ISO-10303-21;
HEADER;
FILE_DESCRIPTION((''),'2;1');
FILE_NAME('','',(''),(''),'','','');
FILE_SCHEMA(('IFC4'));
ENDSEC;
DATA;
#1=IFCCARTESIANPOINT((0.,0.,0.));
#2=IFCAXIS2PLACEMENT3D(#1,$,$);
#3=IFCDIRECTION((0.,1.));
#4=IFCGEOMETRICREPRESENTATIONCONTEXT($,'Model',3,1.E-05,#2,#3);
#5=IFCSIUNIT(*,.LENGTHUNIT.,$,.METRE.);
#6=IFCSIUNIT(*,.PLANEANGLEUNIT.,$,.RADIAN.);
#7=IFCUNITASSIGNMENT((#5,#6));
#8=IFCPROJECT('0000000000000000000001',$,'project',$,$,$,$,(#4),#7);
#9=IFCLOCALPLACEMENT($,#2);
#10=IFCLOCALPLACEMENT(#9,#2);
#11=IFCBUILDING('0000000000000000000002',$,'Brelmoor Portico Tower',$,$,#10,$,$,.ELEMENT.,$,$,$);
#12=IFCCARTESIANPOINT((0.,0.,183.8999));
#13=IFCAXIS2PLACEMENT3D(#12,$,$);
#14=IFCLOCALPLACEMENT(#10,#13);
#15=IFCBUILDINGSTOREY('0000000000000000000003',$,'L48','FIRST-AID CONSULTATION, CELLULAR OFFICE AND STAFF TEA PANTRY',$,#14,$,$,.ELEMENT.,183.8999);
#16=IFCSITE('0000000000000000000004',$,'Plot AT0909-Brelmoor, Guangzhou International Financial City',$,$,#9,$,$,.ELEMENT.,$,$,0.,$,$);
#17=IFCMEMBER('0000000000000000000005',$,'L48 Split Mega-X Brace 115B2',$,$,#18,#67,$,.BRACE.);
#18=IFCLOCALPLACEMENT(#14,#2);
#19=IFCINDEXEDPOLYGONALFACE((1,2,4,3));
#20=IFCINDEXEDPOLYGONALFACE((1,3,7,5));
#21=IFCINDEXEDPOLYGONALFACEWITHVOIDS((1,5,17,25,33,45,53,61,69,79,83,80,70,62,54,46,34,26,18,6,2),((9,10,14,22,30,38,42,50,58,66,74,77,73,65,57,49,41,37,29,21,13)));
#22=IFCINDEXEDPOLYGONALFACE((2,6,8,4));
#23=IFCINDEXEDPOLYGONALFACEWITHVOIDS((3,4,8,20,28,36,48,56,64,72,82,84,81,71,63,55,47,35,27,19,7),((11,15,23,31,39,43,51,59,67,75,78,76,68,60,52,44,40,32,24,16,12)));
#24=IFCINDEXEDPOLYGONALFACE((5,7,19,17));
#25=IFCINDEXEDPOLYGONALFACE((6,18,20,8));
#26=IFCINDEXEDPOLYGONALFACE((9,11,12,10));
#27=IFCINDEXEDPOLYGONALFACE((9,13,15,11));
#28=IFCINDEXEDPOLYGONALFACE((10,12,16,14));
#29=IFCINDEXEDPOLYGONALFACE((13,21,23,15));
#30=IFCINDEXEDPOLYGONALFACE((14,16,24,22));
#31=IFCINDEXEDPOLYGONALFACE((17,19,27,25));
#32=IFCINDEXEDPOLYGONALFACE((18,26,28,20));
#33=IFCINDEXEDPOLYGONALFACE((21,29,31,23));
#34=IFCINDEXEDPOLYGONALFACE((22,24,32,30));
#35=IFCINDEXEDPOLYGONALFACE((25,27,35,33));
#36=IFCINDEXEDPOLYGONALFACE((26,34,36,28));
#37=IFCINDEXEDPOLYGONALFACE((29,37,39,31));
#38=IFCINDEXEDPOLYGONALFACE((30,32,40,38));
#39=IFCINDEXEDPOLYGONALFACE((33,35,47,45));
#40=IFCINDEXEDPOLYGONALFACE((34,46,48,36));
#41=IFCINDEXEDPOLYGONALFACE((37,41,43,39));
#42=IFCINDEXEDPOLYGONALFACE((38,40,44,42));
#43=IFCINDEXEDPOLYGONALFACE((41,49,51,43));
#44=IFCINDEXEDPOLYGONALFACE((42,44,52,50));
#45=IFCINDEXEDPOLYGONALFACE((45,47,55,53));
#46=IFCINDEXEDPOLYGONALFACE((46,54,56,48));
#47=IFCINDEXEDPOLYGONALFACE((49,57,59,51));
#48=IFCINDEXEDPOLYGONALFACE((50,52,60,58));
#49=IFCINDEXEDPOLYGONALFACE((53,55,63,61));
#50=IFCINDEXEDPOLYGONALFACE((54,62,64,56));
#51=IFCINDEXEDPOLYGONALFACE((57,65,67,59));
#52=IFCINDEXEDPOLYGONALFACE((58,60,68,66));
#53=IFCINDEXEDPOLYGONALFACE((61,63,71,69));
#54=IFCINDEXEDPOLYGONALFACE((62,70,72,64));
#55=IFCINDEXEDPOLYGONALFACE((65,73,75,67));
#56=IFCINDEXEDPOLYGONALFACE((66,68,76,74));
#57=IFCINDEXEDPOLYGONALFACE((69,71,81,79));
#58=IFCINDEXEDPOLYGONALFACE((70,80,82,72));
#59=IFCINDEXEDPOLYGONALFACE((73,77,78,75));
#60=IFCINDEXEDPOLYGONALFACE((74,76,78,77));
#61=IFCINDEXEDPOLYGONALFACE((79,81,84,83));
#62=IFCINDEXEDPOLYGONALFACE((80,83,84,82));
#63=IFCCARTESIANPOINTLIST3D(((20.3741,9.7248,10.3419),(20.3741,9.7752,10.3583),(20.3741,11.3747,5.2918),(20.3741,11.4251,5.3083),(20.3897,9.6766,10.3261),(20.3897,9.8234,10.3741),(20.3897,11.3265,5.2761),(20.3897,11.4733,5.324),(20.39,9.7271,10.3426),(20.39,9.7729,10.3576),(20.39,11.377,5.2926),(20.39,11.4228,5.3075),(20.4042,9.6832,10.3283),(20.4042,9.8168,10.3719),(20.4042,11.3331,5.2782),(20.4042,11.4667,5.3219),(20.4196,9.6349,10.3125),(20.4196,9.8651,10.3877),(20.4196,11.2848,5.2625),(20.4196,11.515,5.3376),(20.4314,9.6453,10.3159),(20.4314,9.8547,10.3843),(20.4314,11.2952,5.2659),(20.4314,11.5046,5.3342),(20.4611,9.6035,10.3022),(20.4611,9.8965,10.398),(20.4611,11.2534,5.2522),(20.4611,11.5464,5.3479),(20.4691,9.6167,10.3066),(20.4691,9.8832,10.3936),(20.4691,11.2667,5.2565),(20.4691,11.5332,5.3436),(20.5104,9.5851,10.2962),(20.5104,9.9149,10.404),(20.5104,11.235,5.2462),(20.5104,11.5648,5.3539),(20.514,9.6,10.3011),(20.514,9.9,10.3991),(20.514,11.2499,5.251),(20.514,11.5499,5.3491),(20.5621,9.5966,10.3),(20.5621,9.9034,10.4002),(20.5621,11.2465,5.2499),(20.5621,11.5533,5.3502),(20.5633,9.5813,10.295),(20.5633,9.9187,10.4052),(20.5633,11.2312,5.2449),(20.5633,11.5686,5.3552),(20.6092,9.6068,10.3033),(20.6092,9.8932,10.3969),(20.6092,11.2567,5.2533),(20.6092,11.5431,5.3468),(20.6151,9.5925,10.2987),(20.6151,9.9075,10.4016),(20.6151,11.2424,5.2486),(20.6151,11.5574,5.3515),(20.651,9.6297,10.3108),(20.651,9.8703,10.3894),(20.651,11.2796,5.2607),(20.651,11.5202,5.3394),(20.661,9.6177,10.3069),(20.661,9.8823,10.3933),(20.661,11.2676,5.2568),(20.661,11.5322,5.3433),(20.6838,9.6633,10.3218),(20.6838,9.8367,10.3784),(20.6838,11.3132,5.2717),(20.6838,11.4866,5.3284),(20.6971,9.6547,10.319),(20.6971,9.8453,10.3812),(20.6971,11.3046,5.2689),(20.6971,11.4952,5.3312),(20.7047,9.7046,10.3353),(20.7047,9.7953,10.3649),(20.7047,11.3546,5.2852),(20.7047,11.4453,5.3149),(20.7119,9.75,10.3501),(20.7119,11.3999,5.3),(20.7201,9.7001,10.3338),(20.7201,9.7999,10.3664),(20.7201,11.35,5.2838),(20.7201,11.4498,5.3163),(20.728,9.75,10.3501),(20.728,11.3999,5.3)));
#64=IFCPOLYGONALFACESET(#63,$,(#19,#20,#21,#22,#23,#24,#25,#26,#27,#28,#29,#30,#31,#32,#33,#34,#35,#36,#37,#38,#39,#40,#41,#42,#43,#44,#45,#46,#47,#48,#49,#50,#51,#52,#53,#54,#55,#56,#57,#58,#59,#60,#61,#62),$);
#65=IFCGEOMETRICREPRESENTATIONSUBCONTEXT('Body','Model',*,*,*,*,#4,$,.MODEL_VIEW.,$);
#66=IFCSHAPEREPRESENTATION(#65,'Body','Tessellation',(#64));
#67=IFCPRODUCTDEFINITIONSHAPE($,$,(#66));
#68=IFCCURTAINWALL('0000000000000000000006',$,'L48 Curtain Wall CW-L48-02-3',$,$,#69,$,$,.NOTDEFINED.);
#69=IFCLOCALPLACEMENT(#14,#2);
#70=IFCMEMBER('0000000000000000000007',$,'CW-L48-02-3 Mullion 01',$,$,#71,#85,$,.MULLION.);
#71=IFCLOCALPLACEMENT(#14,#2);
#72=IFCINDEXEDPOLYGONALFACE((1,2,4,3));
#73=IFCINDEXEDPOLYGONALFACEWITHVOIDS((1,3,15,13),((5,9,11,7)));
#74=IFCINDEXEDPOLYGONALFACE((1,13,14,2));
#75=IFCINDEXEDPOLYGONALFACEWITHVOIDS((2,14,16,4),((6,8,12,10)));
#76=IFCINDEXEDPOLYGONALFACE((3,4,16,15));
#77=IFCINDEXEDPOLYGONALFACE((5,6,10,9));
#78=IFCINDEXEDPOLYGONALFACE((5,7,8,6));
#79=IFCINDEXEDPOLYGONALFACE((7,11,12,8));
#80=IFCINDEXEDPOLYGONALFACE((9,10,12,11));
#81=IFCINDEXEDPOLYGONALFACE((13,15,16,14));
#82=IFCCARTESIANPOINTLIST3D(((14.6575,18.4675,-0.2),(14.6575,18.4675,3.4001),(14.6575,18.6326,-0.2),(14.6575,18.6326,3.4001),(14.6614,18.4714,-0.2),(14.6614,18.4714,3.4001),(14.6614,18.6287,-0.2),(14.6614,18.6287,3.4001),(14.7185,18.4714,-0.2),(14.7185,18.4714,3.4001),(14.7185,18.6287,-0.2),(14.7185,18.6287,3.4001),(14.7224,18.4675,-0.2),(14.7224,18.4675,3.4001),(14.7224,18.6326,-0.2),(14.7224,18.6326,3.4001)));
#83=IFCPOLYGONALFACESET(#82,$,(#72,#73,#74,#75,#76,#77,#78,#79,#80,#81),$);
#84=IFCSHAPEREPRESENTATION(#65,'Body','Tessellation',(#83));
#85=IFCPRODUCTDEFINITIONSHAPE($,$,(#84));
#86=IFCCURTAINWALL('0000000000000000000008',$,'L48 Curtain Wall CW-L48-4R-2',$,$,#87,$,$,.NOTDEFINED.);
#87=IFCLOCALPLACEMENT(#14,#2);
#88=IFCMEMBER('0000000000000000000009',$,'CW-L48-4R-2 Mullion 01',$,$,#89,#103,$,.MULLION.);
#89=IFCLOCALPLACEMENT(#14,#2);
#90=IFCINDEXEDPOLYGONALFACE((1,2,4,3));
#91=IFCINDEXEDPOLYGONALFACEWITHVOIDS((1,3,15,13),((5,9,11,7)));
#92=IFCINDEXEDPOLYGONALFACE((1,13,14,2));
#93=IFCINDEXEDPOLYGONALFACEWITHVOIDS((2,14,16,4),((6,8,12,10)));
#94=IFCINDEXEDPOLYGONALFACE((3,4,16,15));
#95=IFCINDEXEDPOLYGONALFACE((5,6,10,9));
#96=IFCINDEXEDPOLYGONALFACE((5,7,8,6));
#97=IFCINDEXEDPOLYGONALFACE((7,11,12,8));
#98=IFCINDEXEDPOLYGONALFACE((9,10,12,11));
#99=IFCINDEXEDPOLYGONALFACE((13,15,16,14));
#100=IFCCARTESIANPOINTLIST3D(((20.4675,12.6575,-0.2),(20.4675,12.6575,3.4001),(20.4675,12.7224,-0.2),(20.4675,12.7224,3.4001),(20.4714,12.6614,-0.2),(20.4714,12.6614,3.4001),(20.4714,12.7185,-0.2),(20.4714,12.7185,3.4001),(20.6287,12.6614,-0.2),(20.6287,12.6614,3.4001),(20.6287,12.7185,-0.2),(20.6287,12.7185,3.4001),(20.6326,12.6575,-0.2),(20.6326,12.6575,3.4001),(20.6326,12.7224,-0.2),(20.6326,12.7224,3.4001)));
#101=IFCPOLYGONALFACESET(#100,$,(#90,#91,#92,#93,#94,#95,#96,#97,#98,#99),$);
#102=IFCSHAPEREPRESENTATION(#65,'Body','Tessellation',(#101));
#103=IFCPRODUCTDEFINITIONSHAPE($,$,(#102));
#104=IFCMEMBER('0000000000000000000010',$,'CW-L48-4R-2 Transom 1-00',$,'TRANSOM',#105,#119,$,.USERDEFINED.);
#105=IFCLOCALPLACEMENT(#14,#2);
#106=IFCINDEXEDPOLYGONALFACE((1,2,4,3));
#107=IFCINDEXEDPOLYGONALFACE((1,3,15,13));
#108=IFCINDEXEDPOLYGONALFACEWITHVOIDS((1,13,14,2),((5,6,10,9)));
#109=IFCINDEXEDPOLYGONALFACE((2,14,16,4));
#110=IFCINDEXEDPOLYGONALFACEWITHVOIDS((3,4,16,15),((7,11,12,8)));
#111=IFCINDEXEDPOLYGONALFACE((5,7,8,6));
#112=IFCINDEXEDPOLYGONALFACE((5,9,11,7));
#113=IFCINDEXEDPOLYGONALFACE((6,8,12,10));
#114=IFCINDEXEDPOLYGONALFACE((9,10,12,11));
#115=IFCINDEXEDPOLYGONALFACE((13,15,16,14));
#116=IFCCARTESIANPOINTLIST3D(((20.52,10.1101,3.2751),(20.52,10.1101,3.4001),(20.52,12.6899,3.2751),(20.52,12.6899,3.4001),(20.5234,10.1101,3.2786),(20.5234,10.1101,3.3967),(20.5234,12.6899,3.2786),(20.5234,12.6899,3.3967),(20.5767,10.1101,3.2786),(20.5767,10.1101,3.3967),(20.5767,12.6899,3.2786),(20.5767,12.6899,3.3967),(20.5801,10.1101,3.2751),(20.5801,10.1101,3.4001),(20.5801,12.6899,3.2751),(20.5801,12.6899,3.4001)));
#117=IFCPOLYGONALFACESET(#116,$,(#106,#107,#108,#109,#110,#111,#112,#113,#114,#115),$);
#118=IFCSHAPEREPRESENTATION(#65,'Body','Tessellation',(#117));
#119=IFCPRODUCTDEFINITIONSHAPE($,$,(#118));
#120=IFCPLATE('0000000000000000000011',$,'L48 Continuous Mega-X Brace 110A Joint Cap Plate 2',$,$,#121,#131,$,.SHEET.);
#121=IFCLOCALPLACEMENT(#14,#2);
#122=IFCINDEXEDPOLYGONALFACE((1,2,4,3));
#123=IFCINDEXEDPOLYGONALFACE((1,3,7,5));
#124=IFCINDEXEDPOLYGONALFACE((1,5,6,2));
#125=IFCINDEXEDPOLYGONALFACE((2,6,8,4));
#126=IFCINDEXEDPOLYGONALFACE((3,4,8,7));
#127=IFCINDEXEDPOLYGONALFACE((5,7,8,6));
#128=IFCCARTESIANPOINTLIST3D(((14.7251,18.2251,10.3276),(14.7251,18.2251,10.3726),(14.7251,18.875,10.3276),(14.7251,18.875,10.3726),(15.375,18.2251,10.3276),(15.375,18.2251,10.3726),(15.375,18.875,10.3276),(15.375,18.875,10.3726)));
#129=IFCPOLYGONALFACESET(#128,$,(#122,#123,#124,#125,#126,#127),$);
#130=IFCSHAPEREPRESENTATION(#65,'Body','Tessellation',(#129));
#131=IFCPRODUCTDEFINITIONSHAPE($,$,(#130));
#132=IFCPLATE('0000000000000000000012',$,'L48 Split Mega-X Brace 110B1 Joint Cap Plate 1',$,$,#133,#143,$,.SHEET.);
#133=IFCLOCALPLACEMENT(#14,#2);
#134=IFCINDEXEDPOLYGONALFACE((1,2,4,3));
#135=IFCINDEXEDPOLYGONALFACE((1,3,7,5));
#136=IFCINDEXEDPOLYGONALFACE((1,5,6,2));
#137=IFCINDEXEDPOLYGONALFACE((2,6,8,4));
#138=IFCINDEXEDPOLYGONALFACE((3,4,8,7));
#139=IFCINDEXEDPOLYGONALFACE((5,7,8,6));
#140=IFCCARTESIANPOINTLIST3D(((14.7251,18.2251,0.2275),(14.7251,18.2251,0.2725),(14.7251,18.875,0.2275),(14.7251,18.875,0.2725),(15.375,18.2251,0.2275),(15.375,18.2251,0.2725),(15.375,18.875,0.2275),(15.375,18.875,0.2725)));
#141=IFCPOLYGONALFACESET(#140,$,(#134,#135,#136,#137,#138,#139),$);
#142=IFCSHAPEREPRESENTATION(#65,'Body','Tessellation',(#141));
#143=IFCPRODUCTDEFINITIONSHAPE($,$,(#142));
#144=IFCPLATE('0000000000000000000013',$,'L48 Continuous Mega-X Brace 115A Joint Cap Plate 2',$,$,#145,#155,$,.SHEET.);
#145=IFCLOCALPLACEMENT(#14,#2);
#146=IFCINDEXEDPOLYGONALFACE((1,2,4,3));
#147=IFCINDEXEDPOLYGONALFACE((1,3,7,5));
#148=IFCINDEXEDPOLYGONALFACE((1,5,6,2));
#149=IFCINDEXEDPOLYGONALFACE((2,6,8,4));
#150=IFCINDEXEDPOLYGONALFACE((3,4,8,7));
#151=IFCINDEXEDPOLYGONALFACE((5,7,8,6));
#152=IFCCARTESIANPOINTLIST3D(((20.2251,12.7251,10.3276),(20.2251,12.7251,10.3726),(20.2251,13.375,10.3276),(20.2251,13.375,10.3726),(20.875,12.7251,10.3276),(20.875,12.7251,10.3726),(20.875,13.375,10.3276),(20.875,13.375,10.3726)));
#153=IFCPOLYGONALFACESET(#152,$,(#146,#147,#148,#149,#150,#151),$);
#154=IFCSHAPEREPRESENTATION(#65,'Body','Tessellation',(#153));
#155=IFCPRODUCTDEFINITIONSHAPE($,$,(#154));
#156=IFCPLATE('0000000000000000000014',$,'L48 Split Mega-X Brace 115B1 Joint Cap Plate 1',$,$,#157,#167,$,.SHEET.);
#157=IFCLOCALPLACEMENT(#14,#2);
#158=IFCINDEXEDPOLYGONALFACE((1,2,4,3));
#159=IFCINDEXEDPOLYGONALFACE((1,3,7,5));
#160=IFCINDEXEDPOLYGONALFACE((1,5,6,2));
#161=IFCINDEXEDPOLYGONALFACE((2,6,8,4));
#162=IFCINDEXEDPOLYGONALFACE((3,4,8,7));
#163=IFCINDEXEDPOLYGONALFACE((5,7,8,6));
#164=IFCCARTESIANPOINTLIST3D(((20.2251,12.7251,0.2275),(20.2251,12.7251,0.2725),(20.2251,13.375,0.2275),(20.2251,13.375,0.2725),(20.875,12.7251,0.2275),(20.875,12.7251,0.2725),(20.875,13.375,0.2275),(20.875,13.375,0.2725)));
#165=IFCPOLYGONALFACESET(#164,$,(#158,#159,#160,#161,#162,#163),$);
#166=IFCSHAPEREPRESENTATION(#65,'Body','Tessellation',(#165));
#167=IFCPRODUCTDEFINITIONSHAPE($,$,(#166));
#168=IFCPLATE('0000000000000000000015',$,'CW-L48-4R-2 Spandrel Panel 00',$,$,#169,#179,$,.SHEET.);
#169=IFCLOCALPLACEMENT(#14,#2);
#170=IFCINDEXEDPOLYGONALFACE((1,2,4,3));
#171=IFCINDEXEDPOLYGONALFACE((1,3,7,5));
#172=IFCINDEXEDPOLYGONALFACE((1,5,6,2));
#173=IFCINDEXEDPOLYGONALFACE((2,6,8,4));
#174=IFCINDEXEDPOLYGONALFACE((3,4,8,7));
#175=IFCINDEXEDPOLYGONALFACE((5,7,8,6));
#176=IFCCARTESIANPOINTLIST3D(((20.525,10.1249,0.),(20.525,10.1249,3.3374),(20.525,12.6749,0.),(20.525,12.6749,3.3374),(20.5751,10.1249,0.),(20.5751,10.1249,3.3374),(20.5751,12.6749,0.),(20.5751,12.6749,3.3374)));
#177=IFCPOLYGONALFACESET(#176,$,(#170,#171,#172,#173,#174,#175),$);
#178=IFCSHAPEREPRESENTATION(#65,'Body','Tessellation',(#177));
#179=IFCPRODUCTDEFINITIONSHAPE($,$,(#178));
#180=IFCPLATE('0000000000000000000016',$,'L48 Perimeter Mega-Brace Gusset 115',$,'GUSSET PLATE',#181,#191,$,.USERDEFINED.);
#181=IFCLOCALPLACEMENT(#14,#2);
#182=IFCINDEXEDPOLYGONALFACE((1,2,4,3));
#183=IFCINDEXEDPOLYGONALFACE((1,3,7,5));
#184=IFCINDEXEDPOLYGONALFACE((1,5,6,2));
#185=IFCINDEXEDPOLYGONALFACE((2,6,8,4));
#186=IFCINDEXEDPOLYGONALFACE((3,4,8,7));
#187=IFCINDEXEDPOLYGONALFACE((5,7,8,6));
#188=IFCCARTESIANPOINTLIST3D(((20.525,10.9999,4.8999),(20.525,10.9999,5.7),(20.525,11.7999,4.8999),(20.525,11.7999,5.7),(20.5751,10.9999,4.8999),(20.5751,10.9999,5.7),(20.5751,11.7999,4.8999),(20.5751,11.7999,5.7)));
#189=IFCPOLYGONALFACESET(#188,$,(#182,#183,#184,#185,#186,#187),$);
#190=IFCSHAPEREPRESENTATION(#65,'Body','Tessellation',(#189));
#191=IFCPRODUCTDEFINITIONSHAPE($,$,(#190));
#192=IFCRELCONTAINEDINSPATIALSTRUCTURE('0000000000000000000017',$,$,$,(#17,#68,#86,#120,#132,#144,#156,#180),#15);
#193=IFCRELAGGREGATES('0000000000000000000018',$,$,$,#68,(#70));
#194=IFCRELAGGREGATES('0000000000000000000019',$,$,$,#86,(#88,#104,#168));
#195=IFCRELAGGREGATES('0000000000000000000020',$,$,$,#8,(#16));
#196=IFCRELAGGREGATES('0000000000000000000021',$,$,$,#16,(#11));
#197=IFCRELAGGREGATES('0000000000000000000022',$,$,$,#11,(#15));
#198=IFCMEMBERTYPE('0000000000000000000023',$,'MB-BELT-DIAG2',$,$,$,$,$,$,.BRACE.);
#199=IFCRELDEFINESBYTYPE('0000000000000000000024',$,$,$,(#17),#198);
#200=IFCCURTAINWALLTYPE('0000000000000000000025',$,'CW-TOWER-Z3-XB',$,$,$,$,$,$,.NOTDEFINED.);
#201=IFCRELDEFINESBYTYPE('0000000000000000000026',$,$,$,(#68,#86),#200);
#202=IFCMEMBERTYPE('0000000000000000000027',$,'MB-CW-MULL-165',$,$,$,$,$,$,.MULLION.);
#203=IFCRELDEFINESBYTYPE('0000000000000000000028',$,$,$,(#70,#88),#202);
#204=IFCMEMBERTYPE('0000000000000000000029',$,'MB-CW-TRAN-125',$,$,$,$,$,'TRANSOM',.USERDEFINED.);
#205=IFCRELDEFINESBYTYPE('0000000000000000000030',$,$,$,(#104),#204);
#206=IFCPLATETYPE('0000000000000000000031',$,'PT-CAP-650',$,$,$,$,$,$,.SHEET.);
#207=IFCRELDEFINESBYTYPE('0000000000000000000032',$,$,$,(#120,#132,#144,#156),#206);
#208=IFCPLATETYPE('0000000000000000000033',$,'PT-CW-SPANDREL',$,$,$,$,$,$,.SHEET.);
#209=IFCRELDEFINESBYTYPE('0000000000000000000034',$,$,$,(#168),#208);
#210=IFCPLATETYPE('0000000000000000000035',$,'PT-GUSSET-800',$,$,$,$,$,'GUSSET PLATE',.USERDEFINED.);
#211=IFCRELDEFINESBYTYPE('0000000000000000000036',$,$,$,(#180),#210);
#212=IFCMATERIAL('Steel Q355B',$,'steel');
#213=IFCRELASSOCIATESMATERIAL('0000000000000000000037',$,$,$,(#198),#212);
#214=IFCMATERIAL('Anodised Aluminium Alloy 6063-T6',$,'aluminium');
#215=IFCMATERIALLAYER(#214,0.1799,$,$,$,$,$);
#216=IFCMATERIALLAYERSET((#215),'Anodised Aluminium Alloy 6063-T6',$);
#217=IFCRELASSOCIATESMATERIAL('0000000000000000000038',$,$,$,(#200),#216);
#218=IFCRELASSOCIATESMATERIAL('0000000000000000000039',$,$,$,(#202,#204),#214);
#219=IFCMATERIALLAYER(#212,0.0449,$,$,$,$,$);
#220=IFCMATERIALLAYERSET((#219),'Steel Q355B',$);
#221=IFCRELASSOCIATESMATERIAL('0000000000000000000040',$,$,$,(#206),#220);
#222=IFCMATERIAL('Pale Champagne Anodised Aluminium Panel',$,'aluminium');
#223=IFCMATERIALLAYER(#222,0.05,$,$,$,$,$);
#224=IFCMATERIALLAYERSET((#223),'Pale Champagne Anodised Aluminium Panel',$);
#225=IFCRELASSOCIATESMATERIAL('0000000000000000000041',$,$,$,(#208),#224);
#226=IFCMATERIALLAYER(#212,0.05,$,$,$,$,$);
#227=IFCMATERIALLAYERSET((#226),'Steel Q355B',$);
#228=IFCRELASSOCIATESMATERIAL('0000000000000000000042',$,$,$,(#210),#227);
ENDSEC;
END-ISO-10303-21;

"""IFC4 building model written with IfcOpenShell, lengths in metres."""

from ifc_helpers import new_model, si_unit, direction, frame, origin, origin_2d, place, context, subcontext, project, spatial, rectangle, hollow_rectangle, hollow_circle, extrude, material, layer, layer_set, material_profile, profile_set, type_object, element, aggregate, save


model = new_model("IFC4")

# Units and contexts
model_context = context("Model", 3, precision=1e-05, world=origin(), true_north=direction((0.0, 1.0)))
body_context = subcontext(model_context, "Body", "Model", "MODEL_VIEW")
ifc_project = project(units=[si_unit("LENGTHUNIT", "METRE"), si_unit("PLANEANGLEUNIT", "RADIAN")], contexts=[model_context])

# Site, building, storey
site_placement = place(None, origin())
site = spatial("IfcSite", under=ifc_project, at=site_placement, Name="Plot AT0909-Brelmoor, Guangzhou International Financial City", CompositionType="ELEMENT", RefElevation=0.0)
building_placement = place(site_placement, origin())
building = spatial("IfcBuilding", under=site, at=building_placement, Name="Brelmoor Portico Tower", CompositionType="ELEMENT")
storey_placement = place(building_placement, frame((0.0, 0.0, 183.8999)))
storey = spatial("IfcBuildingStorey", under=building, at=storey_placement, Name="L48", Description="FIRST-AID CONSULTATION, CELLULAR OFFICE AND STAFF TEA PANTRY", CompositionType="ELEMENT", Elevation=183.8999)

# Shared definitions
ifc_material_1 = material(Name="Steel Q355B", Category="steel")

# Member
ifc_material_profile_1 = material_profile(ifc_material_1, hollow_circle(Radius=0.178, WallThickness=0.0161, at=origin_2d()), Name="CHS 356x16")
ifc_profile_set_1 = profile_set([ifc_material_profile_1], Name="Steel Q355B")
member_type_1 = type_object("IfcMemberType", Name="MB-BELT-DIAG2", PredefinedType="BRACE", material=ifc_profile_set_1)
for number, where, z_axis, x_axis, name in (
    (1, (20.55, 11.3999, 5.3), (0.0, -0.310556, 0.950555), (1.0, 0.0, 0.0), "L48 Split Mega-X Brace 115B2"),
):
    element("IfcMember", number, at=place(storey_placement, frame(where, z_axis=z_axis, x_axis=x_axis)), inside=storey, type_object=member_type_1, Name=name, PredefinedType="BRACE", context=body_context, shape_type="SweptSolid", body=[
        extrude(hollow_circle(Radius=0.178, WallThickness=0.0161, at=origin_2d()), origin(), (0.0, 0.0, 1.0), 5.3127),
    ])

# Curtain wall, member
ifc_material_2 = material(Name="Anodised Aluminium Alloy 6063-T6", Category="aluminium")
ifc_layer_1 = layer(ifc_material_2, 0.1799)
ifc_layer_set_1 = layer_set([ifc_layer_1], Name="Anodised Aluminium Alloy 6063-T6")
curtain_wall_type = type_object("IfcCurtainWallType", Name="CW-TOWER-Z3-XB", PredefinedType="NOTDEFINED", material=ifc_layer_set_1)
curtain_wall_1_placement = place(storey_placement, origin())
curtain_wall_1 = element("IfcCurtainWall", 2, at=curtain_wall_1_placement, inside=storey, type_object=curtain_wall_type, Name="L48 Curtain Wall CW-L48-02-3", PredefinedType="NOTDEFINED")
ifc_material_profile_2 = material_profile(ifc_material_2, hollow_rectangle(XDim=0.0649, YDim=0.165, WallThickness=0.0039, at=origin_2d()), Name="ALU MULLION 65x165")
ifc_profile_set_2 = profile_set([ifc_material_profile_2], Name="Anodised Aluminium Alloy 6063-T6")
member_type_2 = type_object("IfcMemberType", Name="MB-CW-MULL-165", PredefinedType="MULLION", material=ifc_profile_set_2)
member_1_placement = place(storey_placement, frame((14.6899, 18.55, -0.2), z_axis=(0.0, 0.0, 1.0), x_axis=(1.0, 0.0, 0.0)))
member_1 = element("IfcMember", 3, at=member_1_placement, type_object=member_type_2, Name="CW-L48-02-3 Mullion 01", PredefinedType="MULLION", context=body_context, shape_type="SweptSolid", body=[
    extrude(hollow_rectangle(XDim=0.0649, YDim=0.165, WallThickness=0.0039, at=origin_2d()), origin(), (0.0, 0.0, 1.0), 3.6001),
])
aggregate(curtain_wall_1, [member_1])

# Curtain wall, members
curtain_wall_2_placement = place(storey_placement, origin())
curtain_wall_2 = element("IfcCurtainWall", 4, at=curtain_wall_2_placement, inside=storey, type_object=curtain_wall_type, Name="L48 Curtain Wall CW-L48-4R-2", PredefinedType="NOTDEFINED")
member_2_placement = place(storey_placement, frame((20.55, 12.6899, -0.2), z_axis=(0.0, 0.0, 1.0), x_axis=(0.0, 1.0, 0.0)))
member_2 = element("IfcMember", 5, at=member_2_placement, type_object=member_type_2, Name="CW-L48-4R-2 Mullion 01", PredefinedType="MULLION", context=body_context, shape_type="SweptSolid", body=[
    extrude(hollow_rectangle(XDim=0.0649, YDim=0.165, WallThickness=0.0039, at=origin_2d()), origin(), (0.0, 0.0, 1.0), 3.6001),
])
ifc_material_profile_3 = material_profile(ifc_material_2, hollow_rectangle(XDim=0.0601, YDim=0.125, WallThickness=0.0034, at=origin_2d()), Name="ALU TRANSOM 60x125")
ifc_profile_set_3 = profile_set([ifc_material_profile_3], Name="Anodised Aluminium Alloy 6063-T6")
member_type_3 = type_object("IfcMemberType", Name="MB-CW-TRAN-125", ElementType="TRANSOM", PredefinedType="USERDEFINED", material=ifc_profile_set_3)
member_3_placement = place(storey_placement, frame((20.55, 10.1101, 3.3376), z_axis=(0.0, 1.0, 0.0), x_axis=(-1.0, 0.0, 0.0)))
member_3 = element("IfcMember", 6, at=member_3_placement, type_object=member_type_3, Name="CW-L48-4R-2 Transom 1-00", ObjectType="TRANSOM", PredefinedType="USERDEFINED", context=body_context, shape_type="SweptSolid", body=[
    extrude(hollow_rectangle(XDim=0.0601, YDim=0.125, WallThickness=0.0034, at=origin_2d()), origin(), (0.0, 0.0, 1.0), 2.5798),
])

# Plates
ifc_layer_2 = layer(ifc_material_1, 0.0449)
ifc_layer_set_2 = layer_set([ifc_layer_2], Name="Steel Q355B")
plate_type_1 = type_object("IfcPlateType", Name="PT-CAP-650", PredefinedType="SHEET", material=ifc_layer_set_2)
for number, where, z_axis, x_axis, name in (
    (7, (15.05, 18.55, 10.3276), (0.0, 0.0, 1.0), (1.0, 0.0, 0.0), "L48 Continuous Mega-X Brace 110A Joint Cap Plate 2"),
    (8, (15.05, 18.55, 0.2275), (0.0, 0.0, 1.0), (1.0, 0.0, 0.0), "L48 Split Mega-X Brace 110B1 Joint Cap Plate 1"),
    (9, (20.55, 13.05, 10.3276), (0.0, 0.0, 1.0), (1.0, 0.0, 0.0), "L48 Continuous Mega-X Brace 115A Joint Cap Plate 2"),
    (10, (20.55, 13.05, 0.2275), (0.0, 0.0, 1.0), (1.0, 0.0, 0.0), "L48 Split Mega-X Brace 115B1 Joint Cap Plate 1"),
):
    element("IfcPlate", number, at=place(storey_placement, frame(where, z_axis=z_axis, x_axis=x_axis)), inside=storey, type_object=plate_type_1, Name=name, PredefinedType="SHEET", context=body_context, shape_type="SweptSolid", body=[
        extrude(rectangle(XDim=0.6499, YDim=0.6499, at=origin_2d()), origin(), (0.0, 0.0, 1.0), 0.0449),
    ])

# Plate
ifc_material_3 = material(Name="Pale Champagne Anodised Aluminium Panel", Category="aluminium")
ifc_layer_3 = layer(ifc_material_3, 0.05)
ifc_layer_set_3 = layer_set([ifc_layer_3], Name="Pale Champagne Anodised Aluminium Panel")
plate_type_2 = type_object("IfcPlateType", Name="PT-CW-SPANDREL", PredefinedType="SHEET", material=ifc_layer_set_3)
plate_1_placement = place(storey_placement, frame((20.55, 11.3999, 0.0), z_axis=(0.0, 0.0, 1.0), x_axis=(0.0, 1.0, 0.0)))
plate_1 = element("IfcPlate", 11, at=plate_1_placement, type_object=plate_type_2, Name="CW-L48-4R-2 Spandrel Panel 00", PredefinedType="SHEET", context=body_context, shape_type="SweptSolid", body=[
    extrude(rectangle(XDim=2.55, YDim=0.05, at=origin_2d()), origin(), (0.0, 0.0, 1.0), 3.3374),
])
aggregate(curtain_wall_2, [member_2, member_3, plate_1])

# Plate
ifc_layer_4 = layer(ifc_material_1, 0.05)
ifc_layer_set_4 = layer_set([ifc_layer_4], Name="Steel Q355B")
plate_type_3 = type_object("IfcPlateType", Name="PT-GUSSET-800", ElementType="GUSSET PLATE", PredefinedType="USERDEFINED", material=ifc_layer_set_4)
plate_2_placement = place(storey_placement, frame((20.55, 11.3999, 4.8999), z_axis=(0.0, 0.0, 1.0), x_axis=(1.0, 0.0, 0.0)))
element("IfcPlate", 12, at=plate_2_placement, inside=storey, type_object=plate_type_3, Name="L48 Perimeter Mega-Brace Gusset 115", ObjectType="GUSSET PLATE", PredefinedType="USERDEFINED", context=body_context, shape_type="SweptSolid", body=[
    extrude(rectangle(XDim=0.05, YDim=0.8, at=origin_2d()), origin(), (0.0, 0.0, 1.0), 0.8),
])

save(model, "model.ifc")
